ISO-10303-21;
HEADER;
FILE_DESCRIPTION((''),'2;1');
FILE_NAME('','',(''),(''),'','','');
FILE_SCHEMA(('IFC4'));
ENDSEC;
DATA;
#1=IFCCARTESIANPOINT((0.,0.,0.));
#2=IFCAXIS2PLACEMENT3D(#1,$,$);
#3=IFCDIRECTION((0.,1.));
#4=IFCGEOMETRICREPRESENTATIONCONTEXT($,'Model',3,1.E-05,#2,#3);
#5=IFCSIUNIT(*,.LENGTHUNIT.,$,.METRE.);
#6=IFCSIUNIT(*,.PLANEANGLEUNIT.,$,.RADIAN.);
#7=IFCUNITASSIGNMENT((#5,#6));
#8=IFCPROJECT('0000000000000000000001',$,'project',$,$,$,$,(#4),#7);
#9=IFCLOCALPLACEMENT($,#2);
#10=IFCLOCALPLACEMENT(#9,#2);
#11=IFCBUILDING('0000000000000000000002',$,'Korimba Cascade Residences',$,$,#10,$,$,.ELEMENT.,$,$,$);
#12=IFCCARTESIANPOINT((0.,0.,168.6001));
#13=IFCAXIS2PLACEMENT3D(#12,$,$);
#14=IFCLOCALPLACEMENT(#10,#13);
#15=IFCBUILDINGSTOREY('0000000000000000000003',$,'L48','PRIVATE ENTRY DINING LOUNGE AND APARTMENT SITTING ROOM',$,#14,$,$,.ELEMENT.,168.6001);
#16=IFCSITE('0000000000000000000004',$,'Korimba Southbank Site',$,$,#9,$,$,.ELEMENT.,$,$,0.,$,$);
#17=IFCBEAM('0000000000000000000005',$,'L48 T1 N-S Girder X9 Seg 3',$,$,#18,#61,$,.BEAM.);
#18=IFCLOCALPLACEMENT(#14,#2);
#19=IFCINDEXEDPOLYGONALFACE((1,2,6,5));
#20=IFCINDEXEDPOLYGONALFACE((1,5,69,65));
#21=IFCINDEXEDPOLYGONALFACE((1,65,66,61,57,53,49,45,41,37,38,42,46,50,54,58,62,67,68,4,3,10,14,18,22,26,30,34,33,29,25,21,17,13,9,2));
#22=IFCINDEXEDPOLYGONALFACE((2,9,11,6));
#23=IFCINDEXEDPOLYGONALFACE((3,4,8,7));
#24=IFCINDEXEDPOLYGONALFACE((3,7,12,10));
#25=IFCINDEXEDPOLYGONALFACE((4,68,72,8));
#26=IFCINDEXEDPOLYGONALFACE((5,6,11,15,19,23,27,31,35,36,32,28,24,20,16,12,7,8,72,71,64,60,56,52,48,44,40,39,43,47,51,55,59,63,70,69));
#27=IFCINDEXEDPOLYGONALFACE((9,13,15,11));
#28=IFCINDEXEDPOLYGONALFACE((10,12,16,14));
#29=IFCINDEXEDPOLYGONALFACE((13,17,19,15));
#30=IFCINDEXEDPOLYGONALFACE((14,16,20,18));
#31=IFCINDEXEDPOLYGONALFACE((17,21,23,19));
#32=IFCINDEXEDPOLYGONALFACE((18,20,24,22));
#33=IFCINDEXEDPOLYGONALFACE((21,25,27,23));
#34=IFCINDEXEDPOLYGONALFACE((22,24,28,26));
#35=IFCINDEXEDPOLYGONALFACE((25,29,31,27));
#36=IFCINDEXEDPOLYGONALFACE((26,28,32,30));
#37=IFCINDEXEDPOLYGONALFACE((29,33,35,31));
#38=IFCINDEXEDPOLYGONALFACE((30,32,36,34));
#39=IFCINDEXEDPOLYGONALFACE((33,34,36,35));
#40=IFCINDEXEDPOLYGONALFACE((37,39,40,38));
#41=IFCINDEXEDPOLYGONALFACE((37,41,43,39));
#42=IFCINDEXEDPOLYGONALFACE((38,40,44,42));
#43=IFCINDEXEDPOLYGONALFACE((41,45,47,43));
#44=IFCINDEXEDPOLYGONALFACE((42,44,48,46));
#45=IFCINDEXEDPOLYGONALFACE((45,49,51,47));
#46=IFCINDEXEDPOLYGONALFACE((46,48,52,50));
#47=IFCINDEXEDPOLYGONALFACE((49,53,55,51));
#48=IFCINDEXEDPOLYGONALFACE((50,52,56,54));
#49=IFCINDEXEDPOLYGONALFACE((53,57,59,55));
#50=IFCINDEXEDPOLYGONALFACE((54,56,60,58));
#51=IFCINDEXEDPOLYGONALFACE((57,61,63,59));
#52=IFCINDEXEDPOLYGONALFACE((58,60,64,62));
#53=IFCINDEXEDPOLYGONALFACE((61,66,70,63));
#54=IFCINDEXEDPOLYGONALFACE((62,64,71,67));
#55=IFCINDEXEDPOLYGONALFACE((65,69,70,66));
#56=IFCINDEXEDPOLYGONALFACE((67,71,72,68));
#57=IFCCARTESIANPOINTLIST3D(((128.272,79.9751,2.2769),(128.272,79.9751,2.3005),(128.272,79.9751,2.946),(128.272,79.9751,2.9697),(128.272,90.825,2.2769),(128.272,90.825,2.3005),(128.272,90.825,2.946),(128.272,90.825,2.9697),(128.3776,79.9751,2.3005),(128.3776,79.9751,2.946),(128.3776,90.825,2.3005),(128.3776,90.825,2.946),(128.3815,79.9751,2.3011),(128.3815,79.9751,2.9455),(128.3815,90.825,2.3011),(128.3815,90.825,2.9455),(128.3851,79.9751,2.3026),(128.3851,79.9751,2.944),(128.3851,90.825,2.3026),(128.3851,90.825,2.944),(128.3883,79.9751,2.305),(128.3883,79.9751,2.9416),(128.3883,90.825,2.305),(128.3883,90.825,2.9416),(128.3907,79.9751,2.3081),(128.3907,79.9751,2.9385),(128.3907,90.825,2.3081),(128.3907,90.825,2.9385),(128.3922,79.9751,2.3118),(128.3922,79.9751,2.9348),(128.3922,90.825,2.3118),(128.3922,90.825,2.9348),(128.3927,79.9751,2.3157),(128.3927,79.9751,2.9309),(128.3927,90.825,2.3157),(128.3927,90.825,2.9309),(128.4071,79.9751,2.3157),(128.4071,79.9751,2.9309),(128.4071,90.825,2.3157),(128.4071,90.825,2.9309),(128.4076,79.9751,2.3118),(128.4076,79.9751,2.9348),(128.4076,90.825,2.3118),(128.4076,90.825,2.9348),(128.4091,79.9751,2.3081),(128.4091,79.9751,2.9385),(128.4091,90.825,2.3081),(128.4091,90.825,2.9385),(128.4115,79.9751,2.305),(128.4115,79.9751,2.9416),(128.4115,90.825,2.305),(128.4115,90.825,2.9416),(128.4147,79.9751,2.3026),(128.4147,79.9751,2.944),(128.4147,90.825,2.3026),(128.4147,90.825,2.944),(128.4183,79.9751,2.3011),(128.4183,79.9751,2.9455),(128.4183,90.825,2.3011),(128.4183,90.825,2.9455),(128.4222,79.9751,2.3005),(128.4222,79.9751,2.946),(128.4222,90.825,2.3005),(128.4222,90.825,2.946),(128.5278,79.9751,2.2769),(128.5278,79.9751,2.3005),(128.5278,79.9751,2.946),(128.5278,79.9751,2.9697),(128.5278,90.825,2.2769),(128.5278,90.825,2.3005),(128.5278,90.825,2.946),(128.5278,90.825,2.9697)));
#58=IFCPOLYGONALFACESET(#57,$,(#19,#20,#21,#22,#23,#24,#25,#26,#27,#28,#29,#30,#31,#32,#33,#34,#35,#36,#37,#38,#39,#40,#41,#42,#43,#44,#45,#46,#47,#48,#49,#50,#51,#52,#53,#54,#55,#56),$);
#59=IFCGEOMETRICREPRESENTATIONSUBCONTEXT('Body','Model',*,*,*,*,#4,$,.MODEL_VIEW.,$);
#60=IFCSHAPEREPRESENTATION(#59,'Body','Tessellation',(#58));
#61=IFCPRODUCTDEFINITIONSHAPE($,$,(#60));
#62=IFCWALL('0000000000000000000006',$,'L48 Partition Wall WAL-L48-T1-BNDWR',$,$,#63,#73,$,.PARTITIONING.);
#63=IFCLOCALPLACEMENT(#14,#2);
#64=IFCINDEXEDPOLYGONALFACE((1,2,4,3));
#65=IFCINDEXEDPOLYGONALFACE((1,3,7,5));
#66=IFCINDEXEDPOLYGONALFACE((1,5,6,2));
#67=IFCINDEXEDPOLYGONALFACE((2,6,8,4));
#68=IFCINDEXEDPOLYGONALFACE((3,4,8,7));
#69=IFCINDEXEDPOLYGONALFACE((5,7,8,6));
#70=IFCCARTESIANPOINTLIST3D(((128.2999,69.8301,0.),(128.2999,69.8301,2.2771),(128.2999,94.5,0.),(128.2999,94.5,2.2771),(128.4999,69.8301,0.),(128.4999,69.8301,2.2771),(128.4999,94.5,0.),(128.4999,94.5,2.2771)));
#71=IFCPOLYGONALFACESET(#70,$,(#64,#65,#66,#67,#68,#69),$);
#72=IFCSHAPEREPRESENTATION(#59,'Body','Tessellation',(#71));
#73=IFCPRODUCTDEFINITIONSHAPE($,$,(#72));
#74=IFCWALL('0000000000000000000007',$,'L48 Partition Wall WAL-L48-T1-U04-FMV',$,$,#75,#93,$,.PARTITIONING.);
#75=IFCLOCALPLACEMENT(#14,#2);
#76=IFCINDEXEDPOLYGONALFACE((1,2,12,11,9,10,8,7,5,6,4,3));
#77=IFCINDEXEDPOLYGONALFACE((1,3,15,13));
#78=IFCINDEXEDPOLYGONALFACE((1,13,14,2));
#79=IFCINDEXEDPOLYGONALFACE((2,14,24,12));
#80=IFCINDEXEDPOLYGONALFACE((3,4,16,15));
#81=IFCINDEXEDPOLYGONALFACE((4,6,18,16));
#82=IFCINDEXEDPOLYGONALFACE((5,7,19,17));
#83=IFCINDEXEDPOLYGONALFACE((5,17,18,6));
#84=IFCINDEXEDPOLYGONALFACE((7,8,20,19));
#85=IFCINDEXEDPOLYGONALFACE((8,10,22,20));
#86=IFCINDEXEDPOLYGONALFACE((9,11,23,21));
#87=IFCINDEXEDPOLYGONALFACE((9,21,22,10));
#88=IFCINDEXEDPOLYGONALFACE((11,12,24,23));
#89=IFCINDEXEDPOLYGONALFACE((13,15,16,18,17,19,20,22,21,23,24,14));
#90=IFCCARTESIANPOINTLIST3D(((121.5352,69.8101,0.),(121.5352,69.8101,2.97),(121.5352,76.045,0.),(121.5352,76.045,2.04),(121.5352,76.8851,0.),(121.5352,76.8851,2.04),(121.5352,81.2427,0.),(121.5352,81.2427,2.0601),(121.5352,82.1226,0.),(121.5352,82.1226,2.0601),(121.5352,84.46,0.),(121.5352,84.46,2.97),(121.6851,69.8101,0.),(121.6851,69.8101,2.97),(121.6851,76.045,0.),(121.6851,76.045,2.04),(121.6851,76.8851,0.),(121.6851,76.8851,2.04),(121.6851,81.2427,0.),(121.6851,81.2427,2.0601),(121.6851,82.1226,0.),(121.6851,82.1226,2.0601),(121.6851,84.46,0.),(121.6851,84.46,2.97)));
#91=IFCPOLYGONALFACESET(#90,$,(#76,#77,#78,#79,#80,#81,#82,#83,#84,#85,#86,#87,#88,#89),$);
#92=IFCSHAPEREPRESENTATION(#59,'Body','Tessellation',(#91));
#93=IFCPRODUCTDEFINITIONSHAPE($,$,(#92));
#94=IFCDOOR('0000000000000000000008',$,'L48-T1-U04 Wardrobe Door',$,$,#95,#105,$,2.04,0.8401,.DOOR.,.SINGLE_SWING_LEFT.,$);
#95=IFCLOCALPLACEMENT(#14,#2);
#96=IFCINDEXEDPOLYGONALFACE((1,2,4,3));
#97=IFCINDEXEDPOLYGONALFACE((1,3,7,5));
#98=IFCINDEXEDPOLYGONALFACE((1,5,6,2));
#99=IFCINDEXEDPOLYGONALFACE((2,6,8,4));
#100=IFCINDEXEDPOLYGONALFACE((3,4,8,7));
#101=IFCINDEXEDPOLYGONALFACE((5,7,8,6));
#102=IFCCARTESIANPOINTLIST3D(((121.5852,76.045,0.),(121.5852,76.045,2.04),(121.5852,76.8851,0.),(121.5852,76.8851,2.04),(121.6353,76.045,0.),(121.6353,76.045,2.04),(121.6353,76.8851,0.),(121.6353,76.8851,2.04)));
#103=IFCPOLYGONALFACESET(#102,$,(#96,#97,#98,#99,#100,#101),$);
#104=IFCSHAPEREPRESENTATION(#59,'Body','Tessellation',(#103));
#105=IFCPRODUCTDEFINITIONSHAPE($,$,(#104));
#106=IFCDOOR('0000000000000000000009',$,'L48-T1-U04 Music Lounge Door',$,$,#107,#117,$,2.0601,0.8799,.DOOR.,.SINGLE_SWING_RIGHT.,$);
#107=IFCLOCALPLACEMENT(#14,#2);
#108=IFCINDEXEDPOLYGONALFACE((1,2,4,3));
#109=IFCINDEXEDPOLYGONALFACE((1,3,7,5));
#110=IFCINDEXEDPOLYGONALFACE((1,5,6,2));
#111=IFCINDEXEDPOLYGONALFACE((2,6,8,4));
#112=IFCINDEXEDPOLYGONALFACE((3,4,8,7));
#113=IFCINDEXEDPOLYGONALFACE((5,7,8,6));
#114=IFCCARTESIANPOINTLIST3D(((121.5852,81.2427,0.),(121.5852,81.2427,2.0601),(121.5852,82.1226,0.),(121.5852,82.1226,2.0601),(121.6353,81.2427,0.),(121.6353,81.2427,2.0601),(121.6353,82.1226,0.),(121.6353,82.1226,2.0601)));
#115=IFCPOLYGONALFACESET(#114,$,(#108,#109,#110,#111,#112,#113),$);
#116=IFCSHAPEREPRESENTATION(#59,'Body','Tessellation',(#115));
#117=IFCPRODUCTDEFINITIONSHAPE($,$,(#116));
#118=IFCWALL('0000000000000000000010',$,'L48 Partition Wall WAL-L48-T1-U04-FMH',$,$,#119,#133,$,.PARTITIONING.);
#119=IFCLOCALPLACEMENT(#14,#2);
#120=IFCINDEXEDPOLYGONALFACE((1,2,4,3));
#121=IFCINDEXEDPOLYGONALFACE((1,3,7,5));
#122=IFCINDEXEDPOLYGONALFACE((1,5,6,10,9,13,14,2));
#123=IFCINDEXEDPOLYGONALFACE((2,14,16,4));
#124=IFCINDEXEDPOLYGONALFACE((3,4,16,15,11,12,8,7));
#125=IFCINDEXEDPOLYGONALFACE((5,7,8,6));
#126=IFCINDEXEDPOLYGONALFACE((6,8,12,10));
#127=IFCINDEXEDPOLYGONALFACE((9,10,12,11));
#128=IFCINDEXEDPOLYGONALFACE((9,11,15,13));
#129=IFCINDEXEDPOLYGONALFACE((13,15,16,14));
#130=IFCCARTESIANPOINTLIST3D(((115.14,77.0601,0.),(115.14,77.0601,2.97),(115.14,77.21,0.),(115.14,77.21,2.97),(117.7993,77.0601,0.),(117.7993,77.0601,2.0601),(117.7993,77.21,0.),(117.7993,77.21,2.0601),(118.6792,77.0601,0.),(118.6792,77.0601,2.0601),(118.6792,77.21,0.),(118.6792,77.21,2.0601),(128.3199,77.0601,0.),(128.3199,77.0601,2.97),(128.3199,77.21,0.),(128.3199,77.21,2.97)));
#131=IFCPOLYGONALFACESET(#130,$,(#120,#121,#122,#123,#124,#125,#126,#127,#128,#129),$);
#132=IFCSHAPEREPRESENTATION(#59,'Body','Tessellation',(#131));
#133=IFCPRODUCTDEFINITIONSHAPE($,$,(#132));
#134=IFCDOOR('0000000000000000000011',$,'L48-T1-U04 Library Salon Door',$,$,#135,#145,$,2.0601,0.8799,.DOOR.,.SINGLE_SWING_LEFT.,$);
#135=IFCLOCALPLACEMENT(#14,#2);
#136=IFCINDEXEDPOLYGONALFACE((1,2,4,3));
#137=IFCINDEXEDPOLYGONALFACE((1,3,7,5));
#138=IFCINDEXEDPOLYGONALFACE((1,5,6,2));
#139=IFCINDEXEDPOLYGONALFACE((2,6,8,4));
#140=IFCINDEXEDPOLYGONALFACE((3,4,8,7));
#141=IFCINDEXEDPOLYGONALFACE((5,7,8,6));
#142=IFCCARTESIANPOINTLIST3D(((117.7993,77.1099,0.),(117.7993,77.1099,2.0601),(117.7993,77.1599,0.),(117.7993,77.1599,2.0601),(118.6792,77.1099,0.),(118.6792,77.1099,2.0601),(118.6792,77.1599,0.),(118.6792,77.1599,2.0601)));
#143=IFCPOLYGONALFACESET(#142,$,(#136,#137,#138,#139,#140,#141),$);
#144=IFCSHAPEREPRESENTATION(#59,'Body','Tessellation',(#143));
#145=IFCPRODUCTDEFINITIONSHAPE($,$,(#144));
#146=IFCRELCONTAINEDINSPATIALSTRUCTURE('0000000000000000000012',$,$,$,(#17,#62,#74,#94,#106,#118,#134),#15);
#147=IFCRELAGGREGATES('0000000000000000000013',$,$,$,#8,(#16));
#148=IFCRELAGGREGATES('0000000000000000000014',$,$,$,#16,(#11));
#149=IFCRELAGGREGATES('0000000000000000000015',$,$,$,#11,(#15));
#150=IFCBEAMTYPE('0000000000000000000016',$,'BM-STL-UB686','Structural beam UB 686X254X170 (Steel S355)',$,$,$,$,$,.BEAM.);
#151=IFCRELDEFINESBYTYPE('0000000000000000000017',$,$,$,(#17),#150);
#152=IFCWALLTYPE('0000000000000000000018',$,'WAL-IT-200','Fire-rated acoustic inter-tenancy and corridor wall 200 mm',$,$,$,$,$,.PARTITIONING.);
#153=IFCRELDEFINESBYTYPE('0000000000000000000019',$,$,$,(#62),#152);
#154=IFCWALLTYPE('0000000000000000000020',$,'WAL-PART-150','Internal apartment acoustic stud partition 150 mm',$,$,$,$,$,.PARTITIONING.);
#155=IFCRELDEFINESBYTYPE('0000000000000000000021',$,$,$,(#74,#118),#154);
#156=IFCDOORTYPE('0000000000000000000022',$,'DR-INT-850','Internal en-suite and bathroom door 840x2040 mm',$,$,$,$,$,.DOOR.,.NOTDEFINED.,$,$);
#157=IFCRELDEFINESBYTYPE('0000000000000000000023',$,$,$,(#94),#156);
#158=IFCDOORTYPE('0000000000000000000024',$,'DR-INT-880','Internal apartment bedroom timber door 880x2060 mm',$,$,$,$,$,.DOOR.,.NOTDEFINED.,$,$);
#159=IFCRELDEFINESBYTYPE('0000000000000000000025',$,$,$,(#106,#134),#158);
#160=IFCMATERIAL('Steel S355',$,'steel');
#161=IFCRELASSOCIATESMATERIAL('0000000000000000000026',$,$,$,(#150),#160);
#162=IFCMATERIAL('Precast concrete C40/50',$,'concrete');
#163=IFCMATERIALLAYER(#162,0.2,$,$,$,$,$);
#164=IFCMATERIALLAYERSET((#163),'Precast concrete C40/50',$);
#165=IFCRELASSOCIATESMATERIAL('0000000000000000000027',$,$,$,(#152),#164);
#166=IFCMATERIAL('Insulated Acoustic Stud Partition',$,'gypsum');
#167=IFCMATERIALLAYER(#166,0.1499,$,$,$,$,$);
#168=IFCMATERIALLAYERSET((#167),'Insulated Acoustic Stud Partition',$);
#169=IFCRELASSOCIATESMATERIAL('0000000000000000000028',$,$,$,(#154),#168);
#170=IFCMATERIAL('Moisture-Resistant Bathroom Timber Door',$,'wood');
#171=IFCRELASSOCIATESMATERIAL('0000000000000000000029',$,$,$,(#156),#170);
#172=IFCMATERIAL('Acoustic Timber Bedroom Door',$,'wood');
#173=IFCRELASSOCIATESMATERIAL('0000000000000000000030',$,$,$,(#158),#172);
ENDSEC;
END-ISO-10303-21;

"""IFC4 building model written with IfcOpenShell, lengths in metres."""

from ifc_helpers import new_model, si_unit, direction, frame, frame_2d, origin, origin_2d, place, context, subcontext, project, spatial, rectangle, i_section, extrude, material, layer, layer_set, material_profile, profile_set, type_object, element, fill, save


model = new_model("IFC4")

# Units and contexts
model_context = context("Model", 3, precision=1e-05, world=origin(), true_north=direction((0.0, 1.0)))
body_context = subcontext(model_context, "Body", "Model", "MODEL_VIEW")
ifc_project = project(units=[si_unit("LENGTHUNIT", "METRE"), si_unit("PLANEANGLEUNIT", "RADIAN")], contexts=[model_context])

# Site, building, storey
site_placement = place(None, origin())
site = spatial("IfcSite", under=ifc_project, at=site_placement, Name="Korimba Southbank Site", CompositionType="ELEMENT", RefElevation=0.0)
building_placement = place(site_placement, origin())
building = spatial("IfcBuilding", under=site, at=building_placement, Name="Korimba Cascade Residences", CompositionType="ELEMENT")
storey_placement = place(building_placement, frame((0.0, 0.0, 168.6001)))
storey = spatial("IfcBuildingStorey", under=building, at=storey_placement, Name="L48", Description="PRIVATE ENTRY DINING LOUNGE AND APARTMENT SITTING ROOM", CompositionType="ELEMENT", Elevation=168.6001)

# Beam
ifc_material_1 = material(Name="Steel S355", Category="steel")
ifc_material_profile_1 = material_profile(ifc_material_1, i_section(OverallWidth=0.2559, OverallDepth=0.6929, WebThickness=0.0144, FlangeThickness=0.0237, FilletRadius=0.0151, at=origin_2d()), Name="Steel S355")
ifc_profile_set_1 = profile_set([ifc_material_profile_1], Name="Steel S355")
beam_type_1 = type_object("IfcBeamType", Name="BM-STL-UB686", Description="Structural beam UB 686X254X170 (Steel S355)", PredefinedType="BEAM", material=ifc_profile_set_1)
for number, where, z_axis, x_axis, name in (
    (1, (128.3999, 79.9751, 2.6233), (0.0, 1.0, 0.0), (-1.0, 0.0, 0.0), "L48 T1 N-S Girder X9 Seg 3"),
):
    element("IfcBeam", number, at=place(storey_placement, frame(where, z_axis=z_axis, x_axis=x_axis)), inside=storey, type_object=beam_type_1, Name=name, PredefinedType="BEAM", context=body_context, shape_type="SweptSolid", body=[
        extrude(i_section(OverallWidth=0.2559, OverallDepth=0.6929, WebThickness=0.0144, FlangeThickness=0.0237, FilletRadius=0.0151, at=origin_2d()), origin(), (0.0, 0.0, 1.0), 10.8499),
    ])

# Wall
ifc_material_2 = material(Name="Precast concrete C40/50", Category="concrete")
ifc_layer_1 = layer(ifc_material_2, 0.2)
ifc_layer_set_1 = layer_set([ifc_layer_1], Name="Precast concrete C40/50")
wall_type_1 = type_object("IfcWallType", Name="WAL-IT-200", Description="Fire-rated acoustic inter-tenancy and corridor wall 200 mm", PredefinedType="PARTITIONING", material=ifc_layer_set_1)
wall_1_placement = place(storey_placement, frame((128.3999, 69.8301, 0.0), z_axis=(0.0, 0.0, 1.0), x_axis=(0.0, 1.0, 0.0)))
element("IfcWall", 2, at=wall_1_placement, inside=storey, type_object=wall_type_1, Name="L48 Partition Wall WAL-L48-T1-BNDWR", PredefinedType="PARTITIONING", context=body_context, shape_type="SweptSolid", body=[
    extrude(rectangle(XDim=24.6699, YDim=0.2, at=frame_2d((12.335, 0.0))), origin(), (0.0, 0.0, 1.0), 2.2771),
])

# Wall, openings, doors
ifc_material_3 = material(Name="Insulated Acoustic Stud Partition", Category="gypsum")
ifc_layer_2 = layer(ifc_material_3, 0.1499)
ifc_layer_set_2 = layer_set([ifc_layer_2], Name="Insulated Acoustic Stud Partition")
wall_type_2 = type_object("IfcWallType", Name="WAL-PART-150", Description="Internal apartment acoustic stud partition 150 mm", PredefinedType="PARTITIONING", material=ifc_layer_set_2)
wall_2_placement = place(storey_placement, frame((121.6101, 69.8101, 0.0), z_axis=(0.0, 0.0, 1.0), x_axis=(0.0, 1.0, 0.0)))
wall_2 = element("IfcWall", 3, at=wall_2_placement, inside=storey, type_object=wall_type_2, Name="L48 Partition Wall WAL-L48-T1-U04-FMV", PredefinedType="PARTITIONING", context=body_context, shape_type="SweptSolid", body=[
    extrude(rectangle(XDim=14.6499, YDim=0.1499, at=frame_2d((7.325, 0.0))), origin(), (0.0, 0.0, 1.0), 2.97),
])
opening_1_placement = place(wall_2_placement, frame((6.2351, 0.0, 0.0)))
opening_1 = element("IfcOpeningElement", 4, at=opening_1_placement, cuts=wall_2, PredefinedType="OPENING", context=body_context, shape_type="SweptSolid", body=[
    extrude(rectangle(XDim=0.8401, YDim=2.04, at=frame_2d((0.4199, 1.02))), frame((0.0, 0.085, 0.0), z_axis=(0.0, -1.0, 0.0), x_axis=(1.0, 0.0, 0.0)), (0.0, 0.0, 1.0), 0.1699),
])
opening_2_placement = place(wall_2_placement, frame((11.4326, 0.0, 0.0)))
opening_2 = element("IfcOpeningElement", 5, at=opening_2_placement, cuts=wall_2, PredefinedType="OPENING", context=body_context, shape_type="SweptSolid", body=[
    extrude(rectangle(XDim=0.8799, YDim=2.0601, at=frame_2d((0.4399, 1.03))), frame((0.0, 0.085, 0.0), z_axis=(0.0, -1.0, 0.0), x_axis=(1.0, 0.0, 0.0)), (0.0, 0.0, 1.0), 0.1699),
])
ifc_material_4 = material(Name="Moisture-Resistant Bathroom Timber Door", Category="wood")
door_type_1 = type_object("IfcDoorType", Name="DR-INT-850", Description="Internal en-suite and bathroom door 840x2040 mm", OperationType="NOTDEFINED", PredefinedType="DOOR", material=ifc_material_4)
door_1_placement = place(opening_1_placement, origin())
door_1 = element("IfcDoor", 6, at=door_1_placement, inside=storey, type_object=door_type_1, Name="L48-T1-U04 Wardrobe Door", OperationType="SINGLE_SWING_LEFT", OverallHeight=2.04, OverallWidth=0.8401, PredefinedType="DOOR", context=body_context, shape_type="SweptSolid", body=[
    extrude(rectangle(XDim=0.8401, YDim=2.04, at=frame_2d((0.4199, 1.02))), frame((0.0, 0.0249, 0.0), z_axis=(0.0, -1.0, 0.0), x_axis=(1.0, 0.0, 0.0)), (0.0, 0.0, 1.0), 0.05),
])
fill(opening_1, door_1)
ifc_material_5 = material(Name="Acoustic Timber Bedroom Door", Category="wood")
door_type_2 = type_object("IfcDoorType", Name="DR-INT-880", Description="Internal apartment bedroom timber door 880x2060 mm", OperationType="NOTDEFINED", PredefinedType="DOOR", material=ifc_material_5)
door_2_placement = place(opening_2_placement, origin())
door_2 = element("IfcDoor", 7, at=door_2_placement, inside=storey, type_object=door_type_2, Name="L48-T1-U04 Music Lounge Door", OperationType="SINGLE_SWING_RIGHT", OverallHeight=2.0601, OverallWidth=0.8799, PredefinedType="DOOR", context=body_context, shape_type="SweptSolid", body=[
    extrude(rectangle(XDim=0.8799, YDim=2.0601, at=frame_2d((0.4399, 1.03))), frame((0.0, 0.0249, 0.0), z_axis=(0.0, -1.0, 0.0), x_axis=(1.0, 0.0, 0.0)), (0.0, 0.0, 1.0), 0.05),
])
fill(opening_2, door_2)

# Wall, opening, door
wall_3_placement = place(storey_placement, frame((115.1401, 77.135, 0.0), z_axis=(0.0, 0.0, 1.0), x_axis=(1.0, 0.0, 0.0)))
wall_3 = element("IfcWall", 8, at=wall_3_placement, inside=storey, type_object=wall_type_2, Name="L48 Partition Wall WAL-L48-T1-U04-FMH", PredefinedType="PARTITIONING", context=body_context, shape_type="SweptSolid", body=[
    extrude(rectangle(XDim=13.1799, YDim=0.1499, at=frame_2d((6.5898, 0.0))), origin(), (0.0, 0.0, 1.0), 2.97),
])
opening_3_placement = place(wall_3_placement, frame((2.6592, 0.0, 0.0)))
opening_3 = element("IfcOpeningElement", 9, at=opening_3_placement, cuts=wall_3, PredefinedType="OPENING", context=body_context, shape_type="SweptSolid", body=[
    extrude(rectangle(XDim=0.8799, YDim=2.0601, at=frame_2d((0.4399, 1.03))), frame((0.0, 0.085, 0.0), z_axis=(0.0, -1.0, 0.0), x_axis=(1.0, 0.0, 0.0)), (0.0, 0.0, 1.0), 0.1699),
])
door_3_placement = place(opening_3_placement, origin())
door_3 = element("IfcDoor", 10, at=door_3_placement, inside=storey, type_object=door_type_2, Name="L48-T1-U04 Library Salon Door", OperationType="SINGLE_SWING_LEFT", OverallHeight=2.0601, OverallWidth=0.8799, PredefinedType="DOOR", context=body_context, shape_type="SweptSolid", body=[
    extrude(rectangle(XDim=0.8799, YDim=2.0601, at=frame_2d((0.4399, 1.03))), frame((0.0, 0.0249, 0.0), z_axis=(0.0, -1.0, 0.0), x_axis=(1.0, 0.0, 0.0)), (0.0, 0.0, 1.0), 0.05),
])
fill(opening_3, door_3)

save(model, "model.ifc")
